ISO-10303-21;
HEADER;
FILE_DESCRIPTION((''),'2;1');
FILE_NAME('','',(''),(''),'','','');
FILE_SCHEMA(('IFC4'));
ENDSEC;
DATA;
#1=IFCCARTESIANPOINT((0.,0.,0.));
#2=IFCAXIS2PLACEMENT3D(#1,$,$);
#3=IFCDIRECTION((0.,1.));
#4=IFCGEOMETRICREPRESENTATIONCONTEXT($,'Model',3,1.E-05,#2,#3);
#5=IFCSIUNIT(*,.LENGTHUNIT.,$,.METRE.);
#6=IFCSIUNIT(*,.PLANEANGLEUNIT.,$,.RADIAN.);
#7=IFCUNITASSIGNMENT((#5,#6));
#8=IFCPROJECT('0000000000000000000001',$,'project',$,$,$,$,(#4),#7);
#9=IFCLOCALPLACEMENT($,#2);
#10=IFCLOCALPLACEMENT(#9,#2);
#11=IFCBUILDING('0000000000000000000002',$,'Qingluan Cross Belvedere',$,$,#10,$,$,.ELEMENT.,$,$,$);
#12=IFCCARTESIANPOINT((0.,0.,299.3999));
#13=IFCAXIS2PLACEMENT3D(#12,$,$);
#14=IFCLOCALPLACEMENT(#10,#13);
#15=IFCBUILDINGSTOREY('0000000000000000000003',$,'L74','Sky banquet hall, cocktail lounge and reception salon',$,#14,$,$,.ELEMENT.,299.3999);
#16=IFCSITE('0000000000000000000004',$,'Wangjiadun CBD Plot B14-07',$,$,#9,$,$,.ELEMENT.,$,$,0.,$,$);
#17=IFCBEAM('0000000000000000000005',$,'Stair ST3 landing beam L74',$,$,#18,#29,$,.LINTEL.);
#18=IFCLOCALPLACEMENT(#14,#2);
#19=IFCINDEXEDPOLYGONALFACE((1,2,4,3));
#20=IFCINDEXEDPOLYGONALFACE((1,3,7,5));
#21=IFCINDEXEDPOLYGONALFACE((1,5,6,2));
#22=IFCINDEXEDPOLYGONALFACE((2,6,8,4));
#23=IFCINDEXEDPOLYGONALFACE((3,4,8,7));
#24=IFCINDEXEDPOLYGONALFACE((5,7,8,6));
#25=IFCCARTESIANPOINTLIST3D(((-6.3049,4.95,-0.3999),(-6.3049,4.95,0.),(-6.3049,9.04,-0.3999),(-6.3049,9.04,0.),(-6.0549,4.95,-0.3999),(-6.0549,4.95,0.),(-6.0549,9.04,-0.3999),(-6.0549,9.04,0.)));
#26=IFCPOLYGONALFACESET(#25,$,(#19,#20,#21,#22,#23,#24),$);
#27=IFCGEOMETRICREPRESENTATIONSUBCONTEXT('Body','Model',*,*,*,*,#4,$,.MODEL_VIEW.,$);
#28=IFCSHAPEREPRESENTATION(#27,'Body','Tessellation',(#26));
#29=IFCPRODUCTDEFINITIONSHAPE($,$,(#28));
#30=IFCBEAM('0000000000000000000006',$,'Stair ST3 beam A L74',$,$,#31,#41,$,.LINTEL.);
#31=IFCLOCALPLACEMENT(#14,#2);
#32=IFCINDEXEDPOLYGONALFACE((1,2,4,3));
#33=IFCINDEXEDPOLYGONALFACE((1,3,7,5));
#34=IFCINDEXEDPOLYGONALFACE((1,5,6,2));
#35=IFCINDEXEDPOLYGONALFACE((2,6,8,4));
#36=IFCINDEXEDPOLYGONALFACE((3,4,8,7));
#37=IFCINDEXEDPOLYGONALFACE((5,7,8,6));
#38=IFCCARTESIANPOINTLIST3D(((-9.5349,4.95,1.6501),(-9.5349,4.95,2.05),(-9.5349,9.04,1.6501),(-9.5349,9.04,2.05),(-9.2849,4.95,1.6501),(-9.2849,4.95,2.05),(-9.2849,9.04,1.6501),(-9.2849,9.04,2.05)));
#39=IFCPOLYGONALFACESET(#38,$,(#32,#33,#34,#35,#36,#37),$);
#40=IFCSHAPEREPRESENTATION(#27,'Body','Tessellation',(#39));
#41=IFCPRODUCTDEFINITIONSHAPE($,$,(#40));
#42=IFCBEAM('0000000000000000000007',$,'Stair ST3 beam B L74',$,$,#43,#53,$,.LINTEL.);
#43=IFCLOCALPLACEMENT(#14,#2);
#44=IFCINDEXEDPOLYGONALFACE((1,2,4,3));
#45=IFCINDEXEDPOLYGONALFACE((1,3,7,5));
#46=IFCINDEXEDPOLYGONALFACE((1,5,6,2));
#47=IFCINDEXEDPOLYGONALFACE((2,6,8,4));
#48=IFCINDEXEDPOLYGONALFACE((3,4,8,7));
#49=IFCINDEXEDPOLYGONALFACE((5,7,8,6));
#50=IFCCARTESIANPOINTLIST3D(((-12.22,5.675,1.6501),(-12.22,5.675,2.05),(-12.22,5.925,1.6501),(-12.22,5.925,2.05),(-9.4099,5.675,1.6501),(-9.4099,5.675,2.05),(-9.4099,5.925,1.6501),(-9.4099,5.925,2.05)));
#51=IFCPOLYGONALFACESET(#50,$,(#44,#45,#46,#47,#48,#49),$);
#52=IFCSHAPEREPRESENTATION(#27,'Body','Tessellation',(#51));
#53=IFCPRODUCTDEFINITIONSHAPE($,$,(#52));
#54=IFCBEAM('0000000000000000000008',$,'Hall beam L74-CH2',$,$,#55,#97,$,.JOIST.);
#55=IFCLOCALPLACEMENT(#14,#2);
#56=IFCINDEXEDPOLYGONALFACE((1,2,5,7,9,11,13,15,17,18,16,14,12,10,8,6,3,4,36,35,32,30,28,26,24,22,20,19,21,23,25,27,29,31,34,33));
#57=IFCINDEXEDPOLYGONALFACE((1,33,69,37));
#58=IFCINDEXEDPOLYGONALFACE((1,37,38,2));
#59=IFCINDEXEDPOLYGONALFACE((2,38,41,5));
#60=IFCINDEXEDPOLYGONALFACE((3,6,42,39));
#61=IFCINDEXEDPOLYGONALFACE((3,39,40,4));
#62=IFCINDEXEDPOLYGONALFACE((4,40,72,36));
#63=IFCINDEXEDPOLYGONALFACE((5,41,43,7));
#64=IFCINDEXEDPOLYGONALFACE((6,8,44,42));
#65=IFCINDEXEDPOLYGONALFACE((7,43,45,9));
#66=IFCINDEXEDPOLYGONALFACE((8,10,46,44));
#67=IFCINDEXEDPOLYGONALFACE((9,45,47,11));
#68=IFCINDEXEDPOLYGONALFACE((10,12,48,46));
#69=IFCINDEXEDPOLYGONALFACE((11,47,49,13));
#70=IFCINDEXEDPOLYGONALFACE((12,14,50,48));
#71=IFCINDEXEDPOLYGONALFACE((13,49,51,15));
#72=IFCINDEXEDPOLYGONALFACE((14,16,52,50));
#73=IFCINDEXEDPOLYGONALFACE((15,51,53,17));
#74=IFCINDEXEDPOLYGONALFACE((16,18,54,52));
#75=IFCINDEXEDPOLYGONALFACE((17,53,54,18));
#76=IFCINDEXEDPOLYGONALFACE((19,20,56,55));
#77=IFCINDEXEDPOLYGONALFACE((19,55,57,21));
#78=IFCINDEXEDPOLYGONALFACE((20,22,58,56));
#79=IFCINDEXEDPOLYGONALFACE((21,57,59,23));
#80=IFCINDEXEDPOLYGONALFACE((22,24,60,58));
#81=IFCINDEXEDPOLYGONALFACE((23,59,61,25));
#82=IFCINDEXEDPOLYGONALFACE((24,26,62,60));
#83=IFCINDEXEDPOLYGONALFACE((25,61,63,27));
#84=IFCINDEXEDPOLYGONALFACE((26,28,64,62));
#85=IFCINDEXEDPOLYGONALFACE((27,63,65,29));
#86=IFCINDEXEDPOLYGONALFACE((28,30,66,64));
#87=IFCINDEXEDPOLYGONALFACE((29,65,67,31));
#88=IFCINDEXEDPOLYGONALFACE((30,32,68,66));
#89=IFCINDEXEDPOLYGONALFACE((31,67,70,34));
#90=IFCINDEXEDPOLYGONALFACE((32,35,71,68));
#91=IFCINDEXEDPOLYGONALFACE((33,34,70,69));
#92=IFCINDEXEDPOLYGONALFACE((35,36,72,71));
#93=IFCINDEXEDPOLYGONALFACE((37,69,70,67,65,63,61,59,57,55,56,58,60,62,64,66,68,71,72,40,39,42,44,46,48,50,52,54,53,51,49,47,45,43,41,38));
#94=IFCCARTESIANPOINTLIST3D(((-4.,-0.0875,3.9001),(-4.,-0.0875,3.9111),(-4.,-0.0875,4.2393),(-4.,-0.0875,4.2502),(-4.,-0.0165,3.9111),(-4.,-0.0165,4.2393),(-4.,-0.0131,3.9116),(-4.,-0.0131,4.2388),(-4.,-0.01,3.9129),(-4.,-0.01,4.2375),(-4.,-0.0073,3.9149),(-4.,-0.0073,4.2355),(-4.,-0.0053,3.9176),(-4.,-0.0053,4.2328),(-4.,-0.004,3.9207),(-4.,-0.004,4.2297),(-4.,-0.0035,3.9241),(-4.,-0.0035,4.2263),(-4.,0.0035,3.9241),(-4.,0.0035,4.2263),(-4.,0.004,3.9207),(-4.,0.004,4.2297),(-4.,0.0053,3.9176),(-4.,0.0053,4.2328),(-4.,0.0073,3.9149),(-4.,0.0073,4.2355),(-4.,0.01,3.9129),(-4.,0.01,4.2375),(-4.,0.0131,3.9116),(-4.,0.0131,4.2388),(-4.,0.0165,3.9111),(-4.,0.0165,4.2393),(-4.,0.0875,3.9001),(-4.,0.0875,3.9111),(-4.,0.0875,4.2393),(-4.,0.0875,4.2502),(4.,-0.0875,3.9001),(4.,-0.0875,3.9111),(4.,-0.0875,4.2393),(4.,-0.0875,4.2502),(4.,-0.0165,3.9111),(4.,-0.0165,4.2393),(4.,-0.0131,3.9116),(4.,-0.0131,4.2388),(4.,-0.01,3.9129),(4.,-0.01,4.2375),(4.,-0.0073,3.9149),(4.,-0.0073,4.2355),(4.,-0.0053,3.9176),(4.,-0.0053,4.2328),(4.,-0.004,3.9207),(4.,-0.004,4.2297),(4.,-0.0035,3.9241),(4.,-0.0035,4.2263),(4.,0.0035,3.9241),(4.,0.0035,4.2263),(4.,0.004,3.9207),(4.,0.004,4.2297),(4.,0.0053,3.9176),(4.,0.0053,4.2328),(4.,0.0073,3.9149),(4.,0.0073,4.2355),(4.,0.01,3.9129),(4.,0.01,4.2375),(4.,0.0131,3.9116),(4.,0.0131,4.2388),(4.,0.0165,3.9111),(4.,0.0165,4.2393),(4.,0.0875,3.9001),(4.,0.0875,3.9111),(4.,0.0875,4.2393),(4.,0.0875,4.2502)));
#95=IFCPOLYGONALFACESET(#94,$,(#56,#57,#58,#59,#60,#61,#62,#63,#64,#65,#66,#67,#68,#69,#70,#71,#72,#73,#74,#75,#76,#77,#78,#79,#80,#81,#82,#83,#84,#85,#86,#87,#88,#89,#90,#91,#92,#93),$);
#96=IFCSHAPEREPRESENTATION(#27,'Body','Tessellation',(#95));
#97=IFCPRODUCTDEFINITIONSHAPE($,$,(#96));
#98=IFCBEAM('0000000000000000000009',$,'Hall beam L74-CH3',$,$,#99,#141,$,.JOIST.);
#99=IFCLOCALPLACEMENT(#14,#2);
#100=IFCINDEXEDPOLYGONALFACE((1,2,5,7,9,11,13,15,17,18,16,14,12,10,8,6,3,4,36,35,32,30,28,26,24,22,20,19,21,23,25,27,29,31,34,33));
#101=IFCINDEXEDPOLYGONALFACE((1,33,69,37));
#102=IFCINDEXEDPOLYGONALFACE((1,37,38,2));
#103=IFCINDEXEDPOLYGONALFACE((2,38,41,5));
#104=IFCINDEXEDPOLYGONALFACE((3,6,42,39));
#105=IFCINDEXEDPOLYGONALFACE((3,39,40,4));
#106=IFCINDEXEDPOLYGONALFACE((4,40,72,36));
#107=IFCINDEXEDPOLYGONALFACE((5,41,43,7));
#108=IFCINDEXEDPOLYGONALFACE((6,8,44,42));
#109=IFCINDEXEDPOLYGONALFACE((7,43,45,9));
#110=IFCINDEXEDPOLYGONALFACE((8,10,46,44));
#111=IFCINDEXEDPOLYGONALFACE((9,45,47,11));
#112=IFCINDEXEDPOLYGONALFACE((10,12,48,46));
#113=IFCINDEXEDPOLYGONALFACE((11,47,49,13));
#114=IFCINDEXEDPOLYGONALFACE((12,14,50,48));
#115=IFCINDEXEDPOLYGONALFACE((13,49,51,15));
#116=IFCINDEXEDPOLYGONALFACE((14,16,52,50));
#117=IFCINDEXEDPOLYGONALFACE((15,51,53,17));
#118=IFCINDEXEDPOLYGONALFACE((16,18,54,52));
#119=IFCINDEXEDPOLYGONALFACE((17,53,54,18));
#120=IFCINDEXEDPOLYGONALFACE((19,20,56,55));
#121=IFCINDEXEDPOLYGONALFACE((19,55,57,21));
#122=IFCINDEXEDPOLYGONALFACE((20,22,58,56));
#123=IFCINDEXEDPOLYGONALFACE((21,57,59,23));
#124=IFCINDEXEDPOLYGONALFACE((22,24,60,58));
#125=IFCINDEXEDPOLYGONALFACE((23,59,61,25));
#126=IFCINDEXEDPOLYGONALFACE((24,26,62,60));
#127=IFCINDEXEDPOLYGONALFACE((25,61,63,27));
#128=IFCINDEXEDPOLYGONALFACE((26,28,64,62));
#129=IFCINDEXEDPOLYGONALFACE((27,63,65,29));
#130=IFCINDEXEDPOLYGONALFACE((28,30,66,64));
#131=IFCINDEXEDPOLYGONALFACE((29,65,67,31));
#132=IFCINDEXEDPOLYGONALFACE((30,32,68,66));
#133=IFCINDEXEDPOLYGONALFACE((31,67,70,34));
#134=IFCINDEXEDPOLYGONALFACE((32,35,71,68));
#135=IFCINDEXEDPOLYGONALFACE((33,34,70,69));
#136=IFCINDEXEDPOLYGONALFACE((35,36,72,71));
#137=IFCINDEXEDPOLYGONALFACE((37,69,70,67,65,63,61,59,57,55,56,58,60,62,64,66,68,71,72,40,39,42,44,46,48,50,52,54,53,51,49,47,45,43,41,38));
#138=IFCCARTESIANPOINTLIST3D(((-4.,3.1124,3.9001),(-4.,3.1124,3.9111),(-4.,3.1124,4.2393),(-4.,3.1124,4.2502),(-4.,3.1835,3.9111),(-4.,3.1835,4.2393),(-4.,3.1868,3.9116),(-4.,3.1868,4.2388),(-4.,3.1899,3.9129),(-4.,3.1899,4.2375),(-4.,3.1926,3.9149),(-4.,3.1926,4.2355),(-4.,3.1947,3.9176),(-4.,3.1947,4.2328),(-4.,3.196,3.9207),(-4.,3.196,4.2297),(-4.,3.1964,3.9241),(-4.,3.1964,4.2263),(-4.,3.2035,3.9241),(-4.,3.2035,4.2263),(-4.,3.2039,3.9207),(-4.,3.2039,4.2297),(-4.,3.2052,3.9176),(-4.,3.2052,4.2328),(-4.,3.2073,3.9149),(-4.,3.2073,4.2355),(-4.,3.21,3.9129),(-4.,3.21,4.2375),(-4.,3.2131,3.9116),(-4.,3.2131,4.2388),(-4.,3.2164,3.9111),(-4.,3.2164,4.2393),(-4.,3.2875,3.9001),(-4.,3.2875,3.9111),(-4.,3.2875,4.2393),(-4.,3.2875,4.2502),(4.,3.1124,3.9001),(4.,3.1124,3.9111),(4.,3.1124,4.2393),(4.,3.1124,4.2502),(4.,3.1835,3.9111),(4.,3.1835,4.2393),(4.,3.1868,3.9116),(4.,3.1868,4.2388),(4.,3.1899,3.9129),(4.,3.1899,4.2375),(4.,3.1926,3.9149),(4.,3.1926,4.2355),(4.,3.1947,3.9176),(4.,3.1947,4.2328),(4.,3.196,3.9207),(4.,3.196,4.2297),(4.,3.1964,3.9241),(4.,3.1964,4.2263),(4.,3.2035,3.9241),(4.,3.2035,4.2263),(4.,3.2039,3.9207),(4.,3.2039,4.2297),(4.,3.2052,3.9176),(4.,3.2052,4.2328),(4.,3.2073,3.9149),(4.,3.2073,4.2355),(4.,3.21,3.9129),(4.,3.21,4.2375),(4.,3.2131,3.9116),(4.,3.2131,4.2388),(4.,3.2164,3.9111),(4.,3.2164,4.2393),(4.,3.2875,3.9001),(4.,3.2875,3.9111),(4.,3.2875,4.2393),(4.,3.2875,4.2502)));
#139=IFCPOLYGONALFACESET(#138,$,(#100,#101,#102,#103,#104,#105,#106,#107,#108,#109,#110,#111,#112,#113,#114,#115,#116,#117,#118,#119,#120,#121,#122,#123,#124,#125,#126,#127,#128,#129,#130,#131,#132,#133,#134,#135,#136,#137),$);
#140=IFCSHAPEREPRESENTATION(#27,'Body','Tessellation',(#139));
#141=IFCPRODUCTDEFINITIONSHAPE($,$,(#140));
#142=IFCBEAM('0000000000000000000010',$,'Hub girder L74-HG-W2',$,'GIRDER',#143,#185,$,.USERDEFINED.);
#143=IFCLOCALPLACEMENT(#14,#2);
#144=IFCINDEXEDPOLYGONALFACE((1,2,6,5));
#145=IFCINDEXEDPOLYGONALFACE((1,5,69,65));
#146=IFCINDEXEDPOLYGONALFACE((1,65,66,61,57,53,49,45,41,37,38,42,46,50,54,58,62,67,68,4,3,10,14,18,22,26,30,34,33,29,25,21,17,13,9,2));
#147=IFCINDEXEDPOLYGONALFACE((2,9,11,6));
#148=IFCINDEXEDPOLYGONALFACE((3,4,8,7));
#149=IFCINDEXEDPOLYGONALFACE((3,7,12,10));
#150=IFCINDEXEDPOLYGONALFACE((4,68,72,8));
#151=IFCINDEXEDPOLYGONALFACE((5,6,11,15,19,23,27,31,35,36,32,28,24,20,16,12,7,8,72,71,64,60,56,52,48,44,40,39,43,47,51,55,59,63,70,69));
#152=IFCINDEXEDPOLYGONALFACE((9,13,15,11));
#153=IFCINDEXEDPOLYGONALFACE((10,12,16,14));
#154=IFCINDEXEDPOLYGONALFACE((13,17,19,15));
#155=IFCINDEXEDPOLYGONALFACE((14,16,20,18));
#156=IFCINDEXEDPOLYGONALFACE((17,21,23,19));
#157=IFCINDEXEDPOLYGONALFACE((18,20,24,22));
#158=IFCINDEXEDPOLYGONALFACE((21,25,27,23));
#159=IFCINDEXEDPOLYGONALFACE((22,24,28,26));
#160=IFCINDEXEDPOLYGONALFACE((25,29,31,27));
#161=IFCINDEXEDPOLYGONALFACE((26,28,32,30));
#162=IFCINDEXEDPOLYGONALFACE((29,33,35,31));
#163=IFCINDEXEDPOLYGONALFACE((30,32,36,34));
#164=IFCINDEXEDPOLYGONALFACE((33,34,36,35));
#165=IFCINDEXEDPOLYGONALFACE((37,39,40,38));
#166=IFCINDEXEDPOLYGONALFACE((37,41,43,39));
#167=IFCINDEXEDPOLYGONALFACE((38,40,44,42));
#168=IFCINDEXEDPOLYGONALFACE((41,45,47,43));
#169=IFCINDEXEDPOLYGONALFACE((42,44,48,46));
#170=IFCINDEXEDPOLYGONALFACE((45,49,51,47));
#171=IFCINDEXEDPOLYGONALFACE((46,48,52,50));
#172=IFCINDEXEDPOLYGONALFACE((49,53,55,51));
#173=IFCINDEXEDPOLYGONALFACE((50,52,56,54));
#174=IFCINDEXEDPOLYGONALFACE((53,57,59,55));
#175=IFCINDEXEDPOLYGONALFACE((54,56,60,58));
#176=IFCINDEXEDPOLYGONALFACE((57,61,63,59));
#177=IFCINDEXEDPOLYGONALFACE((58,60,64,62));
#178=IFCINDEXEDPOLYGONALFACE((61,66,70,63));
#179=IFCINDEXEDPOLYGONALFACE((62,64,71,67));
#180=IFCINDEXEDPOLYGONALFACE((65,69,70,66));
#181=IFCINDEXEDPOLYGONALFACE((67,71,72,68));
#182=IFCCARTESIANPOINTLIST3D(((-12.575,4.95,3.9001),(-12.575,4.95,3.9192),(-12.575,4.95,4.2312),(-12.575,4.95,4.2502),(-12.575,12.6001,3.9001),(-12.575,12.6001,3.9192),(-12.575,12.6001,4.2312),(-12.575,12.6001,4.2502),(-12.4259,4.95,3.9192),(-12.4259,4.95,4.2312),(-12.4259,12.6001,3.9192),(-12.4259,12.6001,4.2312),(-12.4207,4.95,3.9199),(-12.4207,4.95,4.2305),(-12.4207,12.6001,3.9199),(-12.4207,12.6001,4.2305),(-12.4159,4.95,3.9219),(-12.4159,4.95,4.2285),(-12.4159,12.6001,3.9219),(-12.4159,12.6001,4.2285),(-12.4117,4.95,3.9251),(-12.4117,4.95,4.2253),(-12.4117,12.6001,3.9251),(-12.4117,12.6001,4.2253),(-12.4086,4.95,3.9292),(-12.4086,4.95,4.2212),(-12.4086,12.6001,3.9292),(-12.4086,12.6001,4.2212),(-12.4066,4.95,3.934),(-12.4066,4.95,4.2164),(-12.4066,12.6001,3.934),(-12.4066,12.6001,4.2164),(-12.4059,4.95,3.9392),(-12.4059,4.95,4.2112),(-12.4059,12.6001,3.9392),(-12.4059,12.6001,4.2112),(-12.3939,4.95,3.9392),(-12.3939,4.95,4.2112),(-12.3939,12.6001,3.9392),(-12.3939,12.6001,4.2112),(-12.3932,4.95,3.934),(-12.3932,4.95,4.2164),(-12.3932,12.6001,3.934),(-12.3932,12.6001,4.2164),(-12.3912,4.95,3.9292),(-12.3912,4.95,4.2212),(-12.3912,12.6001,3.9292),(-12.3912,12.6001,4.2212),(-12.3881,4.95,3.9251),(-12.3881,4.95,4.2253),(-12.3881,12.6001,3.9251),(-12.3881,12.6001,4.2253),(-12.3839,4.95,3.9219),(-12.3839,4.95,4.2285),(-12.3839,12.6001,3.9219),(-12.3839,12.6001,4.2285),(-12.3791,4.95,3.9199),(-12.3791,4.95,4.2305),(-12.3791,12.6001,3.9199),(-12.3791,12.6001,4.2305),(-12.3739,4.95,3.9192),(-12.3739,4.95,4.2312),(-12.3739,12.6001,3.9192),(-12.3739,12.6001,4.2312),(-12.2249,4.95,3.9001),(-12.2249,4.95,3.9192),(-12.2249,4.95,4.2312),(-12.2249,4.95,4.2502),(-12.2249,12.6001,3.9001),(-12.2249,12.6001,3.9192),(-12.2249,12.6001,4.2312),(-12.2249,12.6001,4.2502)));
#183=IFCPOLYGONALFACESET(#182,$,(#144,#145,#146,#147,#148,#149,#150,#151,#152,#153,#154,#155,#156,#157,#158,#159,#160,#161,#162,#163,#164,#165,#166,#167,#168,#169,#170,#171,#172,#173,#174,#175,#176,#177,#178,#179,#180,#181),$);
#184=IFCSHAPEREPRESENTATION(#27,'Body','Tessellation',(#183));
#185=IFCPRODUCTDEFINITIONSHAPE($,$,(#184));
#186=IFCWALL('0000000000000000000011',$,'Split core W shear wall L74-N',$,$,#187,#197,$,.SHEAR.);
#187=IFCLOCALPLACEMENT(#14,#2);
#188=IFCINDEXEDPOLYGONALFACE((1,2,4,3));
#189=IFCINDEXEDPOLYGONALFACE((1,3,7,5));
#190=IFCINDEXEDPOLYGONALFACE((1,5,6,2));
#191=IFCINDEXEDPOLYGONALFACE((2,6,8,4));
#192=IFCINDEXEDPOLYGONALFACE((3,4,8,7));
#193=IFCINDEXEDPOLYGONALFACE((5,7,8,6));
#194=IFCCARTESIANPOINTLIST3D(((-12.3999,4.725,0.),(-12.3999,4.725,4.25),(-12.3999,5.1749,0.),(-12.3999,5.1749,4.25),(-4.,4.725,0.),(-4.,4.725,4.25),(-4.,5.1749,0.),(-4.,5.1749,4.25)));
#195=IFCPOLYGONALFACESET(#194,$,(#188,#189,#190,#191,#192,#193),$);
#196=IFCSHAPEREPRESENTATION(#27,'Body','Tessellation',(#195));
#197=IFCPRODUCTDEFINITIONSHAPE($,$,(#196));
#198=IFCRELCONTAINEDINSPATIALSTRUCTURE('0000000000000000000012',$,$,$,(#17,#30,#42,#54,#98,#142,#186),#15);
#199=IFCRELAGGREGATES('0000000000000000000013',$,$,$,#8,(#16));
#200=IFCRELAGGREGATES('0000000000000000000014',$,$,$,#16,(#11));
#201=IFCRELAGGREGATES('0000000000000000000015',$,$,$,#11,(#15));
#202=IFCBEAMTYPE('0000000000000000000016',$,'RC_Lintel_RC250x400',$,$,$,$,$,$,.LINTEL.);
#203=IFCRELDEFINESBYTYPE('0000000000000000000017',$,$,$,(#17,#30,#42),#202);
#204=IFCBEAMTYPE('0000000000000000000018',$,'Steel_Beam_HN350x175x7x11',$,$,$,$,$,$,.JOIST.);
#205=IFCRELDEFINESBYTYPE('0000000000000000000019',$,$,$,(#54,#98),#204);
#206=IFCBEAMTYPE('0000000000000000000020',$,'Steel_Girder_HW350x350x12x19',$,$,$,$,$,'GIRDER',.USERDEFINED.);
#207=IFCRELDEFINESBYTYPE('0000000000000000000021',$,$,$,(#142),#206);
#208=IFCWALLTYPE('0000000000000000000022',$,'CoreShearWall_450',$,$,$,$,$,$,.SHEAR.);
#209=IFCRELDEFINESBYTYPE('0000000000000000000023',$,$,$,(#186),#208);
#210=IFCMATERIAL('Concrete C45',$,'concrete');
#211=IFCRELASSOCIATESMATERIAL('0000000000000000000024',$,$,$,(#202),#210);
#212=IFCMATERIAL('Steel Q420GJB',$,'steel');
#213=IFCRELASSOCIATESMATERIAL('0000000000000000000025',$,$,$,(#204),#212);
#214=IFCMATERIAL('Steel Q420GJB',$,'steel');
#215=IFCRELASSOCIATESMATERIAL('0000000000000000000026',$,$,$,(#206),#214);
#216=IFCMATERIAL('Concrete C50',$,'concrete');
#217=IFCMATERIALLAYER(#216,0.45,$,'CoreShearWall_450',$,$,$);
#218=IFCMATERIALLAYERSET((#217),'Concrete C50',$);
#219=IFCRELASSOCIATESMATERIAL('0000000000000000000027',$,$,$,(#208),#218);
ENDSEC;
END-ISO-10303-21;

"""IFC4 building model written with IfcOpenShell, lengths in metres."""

from ifc_helpers import new_model, si_unit, direction, frame, frame_2d, origin, origin_2d, place, context, subcontext, project, spatial, rectangle, i_section, extrude, material, layer, layer_set, material_profile, profile_set, type_object, element, save


model = new_model("IFC4")

# Units and contexts
model_context = context("Model", 3, precision=1e-05, world=origin(), true_north=direction((0.0, 1.0)))
body_context = subcontext(model_context, "Body", "Model", "MODEL_VIEW")
ifc_project = project(units=[si_unit("LENGTHUNIT", "METRE"), si_unit("PLANEANGLEUNIT", "RADIAN")], contexts=[model_context])

# Site, building, storey
site_placement = place(None, origin())
site = spatial("IfcSite", under=ifc_project, at=site_placement, Name="Wangjiadun CBD Plot B14-07", CompositionType="ELEMENT", RefElevation=0.0)
building_placement = place(site_placement, origin())
building = spatial("IfcBuilding", under=site, at=building_placement, Name="Qingluan Cross Belvedere", CompositionType="ELEMENT")
storey_placement = place(building_placement, frame((0.0, 0.0, 299.3999)))
storey = spatial("IfcBuildingStorey", under=building, at=storey_placement, Name="L74", Description="Sky banquet hall, cocktail lounge and reception salon", CompositionType="ELEMENT", Elevation=299.3999)

# Beams
ifc_material_1 = material(Name="Concrete C45", Category="concrete")
ifc_material_profile_1 = material_profile(ifc_material_1, rectangle(XDim=0.25, YDim=0.3999, at=origin_2d()), Name="RC250x400")
ifc_profile_set_1 = profile_set([ifc_material_profile_1], Name="Concrete C45")
beam_type_1 = type_object("IfcBeamType", Name="RC_Lintel_RC250x400", PredefinedType="LINTEL", material=ifc_profile_set_1)
for number, where, z_axis, x_axis, name in (
    (1, (-6.1799, 4.95, -0.2), (0.0, 1.0, 0.0), (-1.0, 0.0, 0.0), "Stair ST3 landing beam L74"),
    (2, (-9.4099, 4.95, 1.8501), (0.0, 1.0, 0.0), (-1.0, 0.0, 0.0), "Stair ST3 beam A L74"),
):
    element("IfcBeam", number, at=place(storey_placement, frame(where, z_axis=z_axis, x_axis=x_axis)), inside=storey, type_object=beam_type_1, Name=name, PredefinedType="LINTEL", context=body_context, shape_type="SweptSolid", body=[
        extrude(rectangle(XDim=0.25, YDim=0.3999, at=origin_2d()), origin(), (0.0, 0.0, 1.0), 4.0901),
    ])
beam_1_placement = place(storey_placement, frame((-12.22, 5.8, 1.8501), z_axis=(1.0, 0.0, 0.0), x_axis=(0.0, 1.0, 0.0)))
element("IfcBeam", 3, at=beam_1_placement, inside=storey, type_object=beam_type_1, Name="Stair ST3 beam B L74", PredefinedType="LINTEL", context=body_context, shape_type="SweptSolid", body=[
    extrude(rectangle(XDim=0.25, YDim=0.3999, at=origin_2d()), origin(), (0.0, 0.0, 1.0), 2.8101),
])
ifc_material_2 = material(Name="Steel Q420GJB", Category="steel")
ifc_material_profile_2 = material_profile(ifc_material_2, i_section(OverallWidth=0.175, OverallDepth=0.3501, WebThickness=0.0071, FlangeThickness=0.011, FilletRadius=0.0129, at=origin_2d()), Name="HN350x175x7x11")
ifc_profile_set_2 = profile_set([ifc_material_profile_2], Name="Steel Q420GJB")
beam_type_2 = type_object("IfcBeamType", Name="Steel_Beam_HN350x175x7x11", PredefinedType="JOIST", material=ifc_profile_set_2)
for number, where, z_axis, x_axis, name in (
    (4, (-4.0, 0.0, 4.0752), (1.0, 0.0, 0.0), (0.0, 1.0, 0.0), "Hall beam L74-CH2"),
    (5, (-4.0, 3.2, 4.0752), (1.0, 0.0, 0.0), (0.0, 1.0, 0.0), "Hall beam L74-CH3"),
):
    element("IfcBeam", number, at=place(storey_placement, frame(where, z_axis=z_axis, x_axis=x_axis)), inside=storey, type_object=beam_type_2, Name=name, PredefinedType="JOIST", context=body_context, shape_type="SweptSolid", body=[
        extrude(i_section(OverallWidth=0.175, OverallDepth=0.3501, WebThickness=0.0071, FlangeThickness=0.011, FilletRadius=0.0129, at=origin_2d()), origin(), (0.0, 0.0, 1.0), 8.0),
    ])
ifc_material_3 = material(Name="Steel Q420GJB", Category="steel")
ifc_material_profile_3 = material_profile(ifc_material_3, i_section(OverallWidth=0.3501, OverallDepth=0.3501, WebThickness=0.012, FlangeThickness=0.019, FilletRadius=0.02, at=origin_2d()), Name="HW350x350x12x19")
ifc_profile_set_3 = profile_set([ifc_material_profile_3], Name="Steel Q420GJB")
beam_type_3 = type_object("IfcBeamType", Name="Steel_Girder_HW350x350x12x19", ElementType="GIRDER", PredefinedType="USERDEFINED", material=ifc_profile_set_3)
beam_2_placement = place(storey_placement, frame((-12.3999, 4.95, 4.0752), z_axis=(0.0, 1.0, 0.0), x_axis=(-1.0, 0.0, 0.0)))
element("IfcBeam", 6, at=beam_2_placement, inside=storey, type_object=beam_type_3, Name="Hub girder L74-HG-W2", ObjectType="GIRDER", PredefinedType="USERDEFINED", context=body_context, shape_type="SweptSolid", body=[
    extrude(i_section(OverallWidth=0.3501, OverallDepth=0.3501, WebThickness=0.012, FlangeThickness=0.019, FilletRadius=0.02, at=origin_2d()), origin(), (0.0, 0.0, 1.0), 7.6501),
])

# Wall
ifc_material_4 = material(Name="Concrete C50", Category="concrete")
ifc_layer_1 = layer(ifc_material_4, 0.45, Name="CoreShearWall_450")
ifc_layer_set_1 = layer_set([ifc_layer_1], Name="Concrete C50")
wall_type_1 = type_object("IfcWallType", Name="CoreShearWall_450", PredefinedType="SHEAR", material=ifc_layer_set_1)
wall_1_placement = place(storey_placement, frame((-12.3999, 4.95, 0.0), z_axis=(0.0, 0.0, 1.0), x_axis=(1.0, 0.0, 0.0)))
element("IfcWall", 7, at=wall_1_placement, inside=storey, type_object=wall_type_1, Name="Split core W shear wall L74-N", PredefinedType="SHEAR", context=body_context, shape_type="SweptSolid", body=[
    extrude(rectangle(XDim=8.3999, YDim=0.45, at=frame_2d((4.2, 0.0))), origin(), (0.0, 0.0, 1.0), 4.25),
])

save(model, "model.ifc")
